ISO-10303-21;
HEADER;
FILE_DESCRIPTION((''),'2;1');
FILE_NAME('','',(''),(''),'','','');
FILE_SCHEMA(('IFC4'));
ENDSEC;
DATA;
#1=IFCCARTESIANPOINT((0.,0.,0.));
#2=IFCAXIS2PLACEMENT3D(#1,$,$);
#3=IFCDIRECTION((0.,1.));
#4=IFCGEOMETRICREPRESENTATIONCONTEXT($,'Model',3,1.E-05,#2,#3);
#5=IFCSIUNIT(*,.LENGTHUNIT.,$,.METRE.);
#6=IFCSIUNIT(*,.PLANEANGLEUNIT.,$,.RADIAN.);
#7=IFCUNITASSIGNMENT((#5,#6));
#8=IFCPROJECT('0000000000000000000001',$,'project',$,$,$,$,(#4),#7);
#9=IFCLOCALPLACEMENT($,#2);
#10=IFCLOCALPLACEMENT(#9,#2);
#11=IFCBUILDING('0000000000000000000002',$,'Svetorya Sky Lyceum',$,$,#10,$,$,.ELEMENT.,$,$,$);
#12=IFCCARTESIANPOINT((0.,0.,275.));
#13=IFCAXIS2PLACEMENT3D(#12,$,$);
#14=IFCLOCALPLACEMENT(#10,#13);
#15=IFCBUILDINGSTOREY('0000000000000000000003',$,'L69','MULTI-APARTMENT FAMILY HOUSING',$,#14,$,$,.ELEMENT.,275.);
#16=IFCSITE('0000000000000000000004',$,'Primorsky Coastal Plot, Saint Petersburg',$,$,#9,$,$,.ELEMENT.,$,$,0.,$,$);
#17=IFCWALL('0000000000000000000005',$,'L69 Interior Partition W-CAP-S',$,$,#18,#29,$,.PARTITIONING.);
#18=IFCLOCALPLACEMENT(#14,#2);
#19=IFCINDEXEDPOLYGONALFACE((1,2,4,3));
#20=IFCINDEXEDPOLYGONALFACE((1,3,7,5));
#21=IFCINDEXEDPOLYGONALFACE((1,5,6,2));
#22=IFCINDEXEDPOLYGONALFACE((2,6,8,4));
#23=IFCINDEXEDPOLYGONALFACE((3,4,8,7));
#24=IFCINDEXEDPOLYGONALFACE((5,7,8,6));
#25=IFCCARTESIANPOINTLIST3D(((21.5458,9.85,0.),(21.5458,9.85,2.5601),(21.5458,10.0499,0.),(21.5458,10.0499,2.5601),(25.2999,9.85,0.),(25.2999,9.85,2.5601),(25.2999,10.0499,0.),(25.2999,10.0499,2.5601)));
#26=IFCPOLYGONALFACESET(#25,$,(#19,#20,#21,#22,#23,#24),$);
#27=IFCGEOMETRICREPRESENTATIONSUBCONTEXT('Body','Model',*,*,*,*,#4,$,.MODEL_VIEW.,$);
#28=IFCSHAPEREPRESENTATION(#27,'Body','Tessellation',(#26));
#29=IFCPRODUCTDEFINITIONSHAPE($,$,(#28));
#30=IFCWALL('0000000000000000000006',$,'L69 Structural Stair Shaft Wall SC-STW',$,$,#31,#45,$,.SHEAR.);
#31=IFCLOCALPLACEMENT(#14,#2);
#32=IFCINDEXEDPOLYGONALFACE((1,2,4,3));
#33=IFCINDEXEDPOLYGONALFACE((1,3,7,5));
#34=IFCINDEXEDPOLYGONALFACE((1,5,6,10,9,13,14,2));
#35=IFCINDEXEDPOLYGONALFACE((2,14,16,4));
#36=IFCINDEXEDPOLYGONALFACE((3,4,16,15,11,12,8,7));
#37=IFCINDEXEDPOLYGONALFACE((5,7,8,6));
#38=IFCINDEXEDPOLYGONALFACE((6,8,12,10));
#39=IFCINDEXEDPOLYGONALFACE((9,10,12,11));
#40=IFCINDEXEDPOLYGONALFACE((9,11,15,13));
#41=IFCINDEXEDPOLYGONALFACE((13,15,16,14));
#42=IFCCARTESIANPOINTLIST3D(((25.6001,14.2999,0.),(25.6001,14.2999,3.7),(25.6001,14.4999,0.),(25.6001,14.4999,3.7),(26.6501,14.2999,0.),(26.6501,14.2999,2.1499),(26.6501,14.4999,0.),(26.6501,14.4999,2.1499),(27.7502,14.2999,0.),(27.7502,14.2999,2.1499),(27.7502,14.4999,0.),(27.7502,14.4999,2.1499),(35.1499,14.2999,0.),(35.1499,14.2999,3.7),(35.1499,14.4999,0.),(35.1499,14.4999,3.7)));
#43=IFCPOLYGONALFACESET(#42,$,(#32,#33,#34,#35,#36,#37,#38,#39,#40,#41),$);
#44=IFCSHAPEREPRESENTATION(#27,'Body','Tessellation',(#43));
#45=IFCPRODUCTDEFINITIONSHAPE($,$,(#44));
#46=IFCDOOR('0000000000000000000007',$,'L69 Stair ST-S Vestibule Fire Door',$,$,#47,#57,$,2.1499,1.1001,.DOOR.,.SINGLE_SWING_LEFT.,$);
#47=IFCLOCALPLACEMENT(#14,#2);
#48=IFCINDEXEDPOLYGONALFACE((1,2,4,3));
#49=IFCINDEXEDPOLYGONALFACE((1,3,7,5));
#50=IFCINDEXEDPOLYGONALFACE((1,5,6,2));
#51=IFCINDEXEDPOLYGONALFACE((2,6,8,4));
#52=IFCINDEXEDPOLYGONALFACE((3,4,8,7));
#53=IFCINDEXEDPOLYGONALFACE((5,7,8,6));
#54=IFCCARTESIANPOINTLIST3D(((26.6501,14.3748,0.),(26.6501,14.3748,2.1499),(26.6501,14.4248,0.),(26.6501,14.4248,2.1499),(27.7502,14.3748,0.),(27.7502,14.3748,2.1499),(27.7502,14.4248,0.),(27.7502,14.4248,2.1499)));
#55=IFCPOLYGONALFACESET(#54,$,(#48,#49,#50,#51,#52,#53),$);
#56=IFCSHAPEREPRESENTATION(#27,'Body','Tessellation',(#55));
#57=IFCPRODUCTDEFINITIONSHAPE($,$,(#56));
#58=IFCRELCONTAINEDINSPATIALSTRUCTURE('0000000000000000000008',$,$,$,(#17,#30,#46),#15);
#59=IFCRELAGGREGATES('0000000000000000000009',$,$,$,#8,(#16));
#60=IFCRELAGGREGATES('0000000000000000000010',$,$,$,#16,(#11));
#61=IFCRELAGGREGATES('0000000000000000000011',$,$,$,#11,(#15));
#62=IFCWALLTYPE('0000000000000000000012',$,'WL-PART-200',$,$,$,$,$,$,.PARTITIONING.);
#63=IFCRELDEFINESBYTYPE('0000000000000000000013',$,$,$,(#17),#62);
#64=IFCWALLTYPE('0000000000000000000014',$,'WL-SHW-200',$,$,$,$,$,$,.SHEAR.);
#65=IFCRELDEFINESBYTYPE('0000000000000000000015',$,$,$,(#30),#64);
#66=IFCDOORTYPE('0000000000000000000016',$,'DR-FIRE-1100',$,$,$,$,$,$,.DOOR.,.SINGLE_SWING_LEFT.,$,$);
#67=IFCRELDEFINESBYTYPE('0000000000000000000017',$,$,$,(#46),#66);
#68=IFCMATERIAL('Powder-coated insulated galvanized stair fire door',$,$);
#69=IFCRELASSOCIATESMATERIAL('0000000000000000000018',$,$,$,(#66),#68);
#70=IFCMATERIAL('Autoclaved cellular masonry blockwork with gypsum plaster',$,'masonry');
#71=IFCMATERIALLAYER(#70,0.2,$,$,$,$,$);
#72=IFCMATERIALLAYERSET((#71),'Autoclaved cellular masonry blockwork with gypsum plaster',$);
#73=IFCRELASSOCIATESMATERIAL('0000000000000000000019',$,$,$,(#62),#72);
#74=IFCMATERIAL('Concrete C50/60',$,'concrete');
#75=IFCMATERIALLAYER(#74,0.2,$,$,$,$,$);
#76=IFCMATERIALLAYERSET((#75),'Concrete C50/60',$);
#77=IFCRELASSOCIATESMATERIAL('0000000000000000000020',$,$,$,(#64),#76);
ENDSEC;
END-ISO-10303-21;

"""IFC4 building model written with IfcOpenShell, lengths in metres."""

from ifc_helpers import new_model, si_unit, direction, frame, frame_2d, origin, place, context, subcontext, project, spatial, rectangle, extrude, material, layer, layer_set, type_object, element, fill, save


model = new_model("IFC4")

# Units and contexts
model_context = context("Model", 3, precision=1e-05, world=origin(), true_north=direction((0.0, 1.0)))
body_context = subcontext(model_context, "Body", "Model", "MODEL_VIEW")
ifc_project = project(units=[si_unit("LENGTHUNIT", "METRE"), si_unit("PLANEANGLEUNIT", "RADIAN")], contexts=[model_context])

# Site, building, storey
site_placement = place(None, origin())
site = spatial("IfcSite", under=ifc_project, at=site_placement, Name="Primorsky Coastal Plot, Saint Petersburg", CompositionType="ELEMENT", RefElevation=0.0)
building_placement = place(site_placement, origin())
building = spatial("IfcBuilding", under=site, at=building_placement, Name="Svetorya Sky Lyceum", CompositionType="ELEMENT")
storey_placement = place(building_placement, frame((0.0, 0.0, 275.0)))
storey = spatial("IfcBuildingStorey", under=building, at=storey_placement, Name="L69", Description="MULTI-APARTMENT FAMILY HOUSING", CompositionType="ELEMENT", Elevation=275.0)

# Shared definitions
ifc_material_1 = material(Name="Concrete C50/60", Category="concrete")

# Shared definitions
ifc_material_2 = material(Name="Powder-coated insulated galvanized stair fire door")
door_type_1 = type_object("IfcDoorType", Name="DR-FIRE-1100", OperationType="SINGLE_SWING_LEFT", PredefinedType="DOOR", material=ifc_material_2)

# Shared definitions
ifc_material_3 = material(Name="Autoclaved cellular masonry blockwork with gypsum plaster", Category="masonry")
ifc_layer_1 = layer(ifc_material_3, 0.2)
ifc_layer_set_1 = layer_set([ifc_layer_1], Name="Autoclaved cellular masonry blockwork with gypsum plaster")
wall_type_1 = type_object("IfcWallType", Name="WL-PART-200", PredefinedType="PARTITIONING", material=ifc_layer_set_1)

# Wall
wall_1_placement = place(storey_placement, frame((21.5459, 9.95, 0.0), z_axis=(0.0, 0.0, 1.0), x_axis=(1.0, 0.0, 0.0)))
element("IfcWall", 1, at=wall_1_placement, inside=storey, type_object=wall_type_1, Name="L69 Interior Partition W-CAP-S", PredefinedType="PARTITIONING", context=body_context, shape_type="SweptSolid", body=[
    extrude(rectangle(XDim=3.7542, YDim=0.2, at=frame_2d((1.877, 0.0))), origin(), (0.0, 0.0, 1.0), 2.5601),
])

# Wall, opening, door
ifc_layer_2 = layer(ifc_material_1, 0.2)
ifc_layer_set_2 = layer_set([ifc_layer_2], Name="Concrete C50/60")
wall_type_2 = type_object("IfcWallType", Name="WL-SHW-200", PredefinedType="SHEAR", material=ifc_layer_set_2)
wall_2_placement = place(storey_placement, frame((25.6001, 14.3999, 0.0), z_axis=(0.0, 0.0, 1.0), x_axis=(1.0, 0.0, 0.0)))
wall_2 = element("IfcWall", 2, at=wall_2_placement, inside=storey, type_object=wall_type_2, Name="L69 Structural Stair Shaft Wall SC-STW", PredefinedType="SHEAR", context=body_context, shape_type="SweptSolid", body=[
    extrude(rectangle(XDim=9.5498, YDim=0.2, at=frame_2d((4.7749, 0.0))), origin(), (0.0, 0.0, 1.0), 3.7),
])
opening_1_placement = place(wall_2_placement, frame((1.05, 0.0, 0.0)))
opening_1 = element("IfcOpeningElement", 3, at=opening_1_placement, cuts=wall_2, PredefinedType="OPENING", context=body_context, shape_type="SweptSolid", body=[
    extrude(rectangle(XDim=1.1001, YDim=2.1499, at=frame_2d((0.55, 1.075))), frame((0.0, 0.1099, 0.0), z_axis=(0.0, -1.0, 0.0), x_axis=(1.0, 0.0, 0.0)), (0.0, 0.0, 1.0), 0.22),
])
door_1_placement = place(opening_1_placement, origin())
door_1 = element("IfcDoor", 4, at=door_1_placement, inside=storey, type_object=door_type_1, Name="L69 Stair ST-S Vestibule Fire Door", OperationType="SINGLE_SWING_LEFT", OverallHeight=2.1499, OverallWidth=1.1001, PredefinedType="DOOR", context=body_context, shape_type="SweptSolid", body=[
    extrude(rectangle(XDim=1.1001, YDim=2.1499, at=frame_2d((0.55, 1.075))), frame((0.0, 0.0249, 0.0), z_axis=(0.0, -1.0, 0.0), x_axis=(1.0, 0.0, 0.0)), (0.0, 0.0, 1.0), 0.05),
])
fill(opening_1, door_1)

save(model, "model.ifc")
